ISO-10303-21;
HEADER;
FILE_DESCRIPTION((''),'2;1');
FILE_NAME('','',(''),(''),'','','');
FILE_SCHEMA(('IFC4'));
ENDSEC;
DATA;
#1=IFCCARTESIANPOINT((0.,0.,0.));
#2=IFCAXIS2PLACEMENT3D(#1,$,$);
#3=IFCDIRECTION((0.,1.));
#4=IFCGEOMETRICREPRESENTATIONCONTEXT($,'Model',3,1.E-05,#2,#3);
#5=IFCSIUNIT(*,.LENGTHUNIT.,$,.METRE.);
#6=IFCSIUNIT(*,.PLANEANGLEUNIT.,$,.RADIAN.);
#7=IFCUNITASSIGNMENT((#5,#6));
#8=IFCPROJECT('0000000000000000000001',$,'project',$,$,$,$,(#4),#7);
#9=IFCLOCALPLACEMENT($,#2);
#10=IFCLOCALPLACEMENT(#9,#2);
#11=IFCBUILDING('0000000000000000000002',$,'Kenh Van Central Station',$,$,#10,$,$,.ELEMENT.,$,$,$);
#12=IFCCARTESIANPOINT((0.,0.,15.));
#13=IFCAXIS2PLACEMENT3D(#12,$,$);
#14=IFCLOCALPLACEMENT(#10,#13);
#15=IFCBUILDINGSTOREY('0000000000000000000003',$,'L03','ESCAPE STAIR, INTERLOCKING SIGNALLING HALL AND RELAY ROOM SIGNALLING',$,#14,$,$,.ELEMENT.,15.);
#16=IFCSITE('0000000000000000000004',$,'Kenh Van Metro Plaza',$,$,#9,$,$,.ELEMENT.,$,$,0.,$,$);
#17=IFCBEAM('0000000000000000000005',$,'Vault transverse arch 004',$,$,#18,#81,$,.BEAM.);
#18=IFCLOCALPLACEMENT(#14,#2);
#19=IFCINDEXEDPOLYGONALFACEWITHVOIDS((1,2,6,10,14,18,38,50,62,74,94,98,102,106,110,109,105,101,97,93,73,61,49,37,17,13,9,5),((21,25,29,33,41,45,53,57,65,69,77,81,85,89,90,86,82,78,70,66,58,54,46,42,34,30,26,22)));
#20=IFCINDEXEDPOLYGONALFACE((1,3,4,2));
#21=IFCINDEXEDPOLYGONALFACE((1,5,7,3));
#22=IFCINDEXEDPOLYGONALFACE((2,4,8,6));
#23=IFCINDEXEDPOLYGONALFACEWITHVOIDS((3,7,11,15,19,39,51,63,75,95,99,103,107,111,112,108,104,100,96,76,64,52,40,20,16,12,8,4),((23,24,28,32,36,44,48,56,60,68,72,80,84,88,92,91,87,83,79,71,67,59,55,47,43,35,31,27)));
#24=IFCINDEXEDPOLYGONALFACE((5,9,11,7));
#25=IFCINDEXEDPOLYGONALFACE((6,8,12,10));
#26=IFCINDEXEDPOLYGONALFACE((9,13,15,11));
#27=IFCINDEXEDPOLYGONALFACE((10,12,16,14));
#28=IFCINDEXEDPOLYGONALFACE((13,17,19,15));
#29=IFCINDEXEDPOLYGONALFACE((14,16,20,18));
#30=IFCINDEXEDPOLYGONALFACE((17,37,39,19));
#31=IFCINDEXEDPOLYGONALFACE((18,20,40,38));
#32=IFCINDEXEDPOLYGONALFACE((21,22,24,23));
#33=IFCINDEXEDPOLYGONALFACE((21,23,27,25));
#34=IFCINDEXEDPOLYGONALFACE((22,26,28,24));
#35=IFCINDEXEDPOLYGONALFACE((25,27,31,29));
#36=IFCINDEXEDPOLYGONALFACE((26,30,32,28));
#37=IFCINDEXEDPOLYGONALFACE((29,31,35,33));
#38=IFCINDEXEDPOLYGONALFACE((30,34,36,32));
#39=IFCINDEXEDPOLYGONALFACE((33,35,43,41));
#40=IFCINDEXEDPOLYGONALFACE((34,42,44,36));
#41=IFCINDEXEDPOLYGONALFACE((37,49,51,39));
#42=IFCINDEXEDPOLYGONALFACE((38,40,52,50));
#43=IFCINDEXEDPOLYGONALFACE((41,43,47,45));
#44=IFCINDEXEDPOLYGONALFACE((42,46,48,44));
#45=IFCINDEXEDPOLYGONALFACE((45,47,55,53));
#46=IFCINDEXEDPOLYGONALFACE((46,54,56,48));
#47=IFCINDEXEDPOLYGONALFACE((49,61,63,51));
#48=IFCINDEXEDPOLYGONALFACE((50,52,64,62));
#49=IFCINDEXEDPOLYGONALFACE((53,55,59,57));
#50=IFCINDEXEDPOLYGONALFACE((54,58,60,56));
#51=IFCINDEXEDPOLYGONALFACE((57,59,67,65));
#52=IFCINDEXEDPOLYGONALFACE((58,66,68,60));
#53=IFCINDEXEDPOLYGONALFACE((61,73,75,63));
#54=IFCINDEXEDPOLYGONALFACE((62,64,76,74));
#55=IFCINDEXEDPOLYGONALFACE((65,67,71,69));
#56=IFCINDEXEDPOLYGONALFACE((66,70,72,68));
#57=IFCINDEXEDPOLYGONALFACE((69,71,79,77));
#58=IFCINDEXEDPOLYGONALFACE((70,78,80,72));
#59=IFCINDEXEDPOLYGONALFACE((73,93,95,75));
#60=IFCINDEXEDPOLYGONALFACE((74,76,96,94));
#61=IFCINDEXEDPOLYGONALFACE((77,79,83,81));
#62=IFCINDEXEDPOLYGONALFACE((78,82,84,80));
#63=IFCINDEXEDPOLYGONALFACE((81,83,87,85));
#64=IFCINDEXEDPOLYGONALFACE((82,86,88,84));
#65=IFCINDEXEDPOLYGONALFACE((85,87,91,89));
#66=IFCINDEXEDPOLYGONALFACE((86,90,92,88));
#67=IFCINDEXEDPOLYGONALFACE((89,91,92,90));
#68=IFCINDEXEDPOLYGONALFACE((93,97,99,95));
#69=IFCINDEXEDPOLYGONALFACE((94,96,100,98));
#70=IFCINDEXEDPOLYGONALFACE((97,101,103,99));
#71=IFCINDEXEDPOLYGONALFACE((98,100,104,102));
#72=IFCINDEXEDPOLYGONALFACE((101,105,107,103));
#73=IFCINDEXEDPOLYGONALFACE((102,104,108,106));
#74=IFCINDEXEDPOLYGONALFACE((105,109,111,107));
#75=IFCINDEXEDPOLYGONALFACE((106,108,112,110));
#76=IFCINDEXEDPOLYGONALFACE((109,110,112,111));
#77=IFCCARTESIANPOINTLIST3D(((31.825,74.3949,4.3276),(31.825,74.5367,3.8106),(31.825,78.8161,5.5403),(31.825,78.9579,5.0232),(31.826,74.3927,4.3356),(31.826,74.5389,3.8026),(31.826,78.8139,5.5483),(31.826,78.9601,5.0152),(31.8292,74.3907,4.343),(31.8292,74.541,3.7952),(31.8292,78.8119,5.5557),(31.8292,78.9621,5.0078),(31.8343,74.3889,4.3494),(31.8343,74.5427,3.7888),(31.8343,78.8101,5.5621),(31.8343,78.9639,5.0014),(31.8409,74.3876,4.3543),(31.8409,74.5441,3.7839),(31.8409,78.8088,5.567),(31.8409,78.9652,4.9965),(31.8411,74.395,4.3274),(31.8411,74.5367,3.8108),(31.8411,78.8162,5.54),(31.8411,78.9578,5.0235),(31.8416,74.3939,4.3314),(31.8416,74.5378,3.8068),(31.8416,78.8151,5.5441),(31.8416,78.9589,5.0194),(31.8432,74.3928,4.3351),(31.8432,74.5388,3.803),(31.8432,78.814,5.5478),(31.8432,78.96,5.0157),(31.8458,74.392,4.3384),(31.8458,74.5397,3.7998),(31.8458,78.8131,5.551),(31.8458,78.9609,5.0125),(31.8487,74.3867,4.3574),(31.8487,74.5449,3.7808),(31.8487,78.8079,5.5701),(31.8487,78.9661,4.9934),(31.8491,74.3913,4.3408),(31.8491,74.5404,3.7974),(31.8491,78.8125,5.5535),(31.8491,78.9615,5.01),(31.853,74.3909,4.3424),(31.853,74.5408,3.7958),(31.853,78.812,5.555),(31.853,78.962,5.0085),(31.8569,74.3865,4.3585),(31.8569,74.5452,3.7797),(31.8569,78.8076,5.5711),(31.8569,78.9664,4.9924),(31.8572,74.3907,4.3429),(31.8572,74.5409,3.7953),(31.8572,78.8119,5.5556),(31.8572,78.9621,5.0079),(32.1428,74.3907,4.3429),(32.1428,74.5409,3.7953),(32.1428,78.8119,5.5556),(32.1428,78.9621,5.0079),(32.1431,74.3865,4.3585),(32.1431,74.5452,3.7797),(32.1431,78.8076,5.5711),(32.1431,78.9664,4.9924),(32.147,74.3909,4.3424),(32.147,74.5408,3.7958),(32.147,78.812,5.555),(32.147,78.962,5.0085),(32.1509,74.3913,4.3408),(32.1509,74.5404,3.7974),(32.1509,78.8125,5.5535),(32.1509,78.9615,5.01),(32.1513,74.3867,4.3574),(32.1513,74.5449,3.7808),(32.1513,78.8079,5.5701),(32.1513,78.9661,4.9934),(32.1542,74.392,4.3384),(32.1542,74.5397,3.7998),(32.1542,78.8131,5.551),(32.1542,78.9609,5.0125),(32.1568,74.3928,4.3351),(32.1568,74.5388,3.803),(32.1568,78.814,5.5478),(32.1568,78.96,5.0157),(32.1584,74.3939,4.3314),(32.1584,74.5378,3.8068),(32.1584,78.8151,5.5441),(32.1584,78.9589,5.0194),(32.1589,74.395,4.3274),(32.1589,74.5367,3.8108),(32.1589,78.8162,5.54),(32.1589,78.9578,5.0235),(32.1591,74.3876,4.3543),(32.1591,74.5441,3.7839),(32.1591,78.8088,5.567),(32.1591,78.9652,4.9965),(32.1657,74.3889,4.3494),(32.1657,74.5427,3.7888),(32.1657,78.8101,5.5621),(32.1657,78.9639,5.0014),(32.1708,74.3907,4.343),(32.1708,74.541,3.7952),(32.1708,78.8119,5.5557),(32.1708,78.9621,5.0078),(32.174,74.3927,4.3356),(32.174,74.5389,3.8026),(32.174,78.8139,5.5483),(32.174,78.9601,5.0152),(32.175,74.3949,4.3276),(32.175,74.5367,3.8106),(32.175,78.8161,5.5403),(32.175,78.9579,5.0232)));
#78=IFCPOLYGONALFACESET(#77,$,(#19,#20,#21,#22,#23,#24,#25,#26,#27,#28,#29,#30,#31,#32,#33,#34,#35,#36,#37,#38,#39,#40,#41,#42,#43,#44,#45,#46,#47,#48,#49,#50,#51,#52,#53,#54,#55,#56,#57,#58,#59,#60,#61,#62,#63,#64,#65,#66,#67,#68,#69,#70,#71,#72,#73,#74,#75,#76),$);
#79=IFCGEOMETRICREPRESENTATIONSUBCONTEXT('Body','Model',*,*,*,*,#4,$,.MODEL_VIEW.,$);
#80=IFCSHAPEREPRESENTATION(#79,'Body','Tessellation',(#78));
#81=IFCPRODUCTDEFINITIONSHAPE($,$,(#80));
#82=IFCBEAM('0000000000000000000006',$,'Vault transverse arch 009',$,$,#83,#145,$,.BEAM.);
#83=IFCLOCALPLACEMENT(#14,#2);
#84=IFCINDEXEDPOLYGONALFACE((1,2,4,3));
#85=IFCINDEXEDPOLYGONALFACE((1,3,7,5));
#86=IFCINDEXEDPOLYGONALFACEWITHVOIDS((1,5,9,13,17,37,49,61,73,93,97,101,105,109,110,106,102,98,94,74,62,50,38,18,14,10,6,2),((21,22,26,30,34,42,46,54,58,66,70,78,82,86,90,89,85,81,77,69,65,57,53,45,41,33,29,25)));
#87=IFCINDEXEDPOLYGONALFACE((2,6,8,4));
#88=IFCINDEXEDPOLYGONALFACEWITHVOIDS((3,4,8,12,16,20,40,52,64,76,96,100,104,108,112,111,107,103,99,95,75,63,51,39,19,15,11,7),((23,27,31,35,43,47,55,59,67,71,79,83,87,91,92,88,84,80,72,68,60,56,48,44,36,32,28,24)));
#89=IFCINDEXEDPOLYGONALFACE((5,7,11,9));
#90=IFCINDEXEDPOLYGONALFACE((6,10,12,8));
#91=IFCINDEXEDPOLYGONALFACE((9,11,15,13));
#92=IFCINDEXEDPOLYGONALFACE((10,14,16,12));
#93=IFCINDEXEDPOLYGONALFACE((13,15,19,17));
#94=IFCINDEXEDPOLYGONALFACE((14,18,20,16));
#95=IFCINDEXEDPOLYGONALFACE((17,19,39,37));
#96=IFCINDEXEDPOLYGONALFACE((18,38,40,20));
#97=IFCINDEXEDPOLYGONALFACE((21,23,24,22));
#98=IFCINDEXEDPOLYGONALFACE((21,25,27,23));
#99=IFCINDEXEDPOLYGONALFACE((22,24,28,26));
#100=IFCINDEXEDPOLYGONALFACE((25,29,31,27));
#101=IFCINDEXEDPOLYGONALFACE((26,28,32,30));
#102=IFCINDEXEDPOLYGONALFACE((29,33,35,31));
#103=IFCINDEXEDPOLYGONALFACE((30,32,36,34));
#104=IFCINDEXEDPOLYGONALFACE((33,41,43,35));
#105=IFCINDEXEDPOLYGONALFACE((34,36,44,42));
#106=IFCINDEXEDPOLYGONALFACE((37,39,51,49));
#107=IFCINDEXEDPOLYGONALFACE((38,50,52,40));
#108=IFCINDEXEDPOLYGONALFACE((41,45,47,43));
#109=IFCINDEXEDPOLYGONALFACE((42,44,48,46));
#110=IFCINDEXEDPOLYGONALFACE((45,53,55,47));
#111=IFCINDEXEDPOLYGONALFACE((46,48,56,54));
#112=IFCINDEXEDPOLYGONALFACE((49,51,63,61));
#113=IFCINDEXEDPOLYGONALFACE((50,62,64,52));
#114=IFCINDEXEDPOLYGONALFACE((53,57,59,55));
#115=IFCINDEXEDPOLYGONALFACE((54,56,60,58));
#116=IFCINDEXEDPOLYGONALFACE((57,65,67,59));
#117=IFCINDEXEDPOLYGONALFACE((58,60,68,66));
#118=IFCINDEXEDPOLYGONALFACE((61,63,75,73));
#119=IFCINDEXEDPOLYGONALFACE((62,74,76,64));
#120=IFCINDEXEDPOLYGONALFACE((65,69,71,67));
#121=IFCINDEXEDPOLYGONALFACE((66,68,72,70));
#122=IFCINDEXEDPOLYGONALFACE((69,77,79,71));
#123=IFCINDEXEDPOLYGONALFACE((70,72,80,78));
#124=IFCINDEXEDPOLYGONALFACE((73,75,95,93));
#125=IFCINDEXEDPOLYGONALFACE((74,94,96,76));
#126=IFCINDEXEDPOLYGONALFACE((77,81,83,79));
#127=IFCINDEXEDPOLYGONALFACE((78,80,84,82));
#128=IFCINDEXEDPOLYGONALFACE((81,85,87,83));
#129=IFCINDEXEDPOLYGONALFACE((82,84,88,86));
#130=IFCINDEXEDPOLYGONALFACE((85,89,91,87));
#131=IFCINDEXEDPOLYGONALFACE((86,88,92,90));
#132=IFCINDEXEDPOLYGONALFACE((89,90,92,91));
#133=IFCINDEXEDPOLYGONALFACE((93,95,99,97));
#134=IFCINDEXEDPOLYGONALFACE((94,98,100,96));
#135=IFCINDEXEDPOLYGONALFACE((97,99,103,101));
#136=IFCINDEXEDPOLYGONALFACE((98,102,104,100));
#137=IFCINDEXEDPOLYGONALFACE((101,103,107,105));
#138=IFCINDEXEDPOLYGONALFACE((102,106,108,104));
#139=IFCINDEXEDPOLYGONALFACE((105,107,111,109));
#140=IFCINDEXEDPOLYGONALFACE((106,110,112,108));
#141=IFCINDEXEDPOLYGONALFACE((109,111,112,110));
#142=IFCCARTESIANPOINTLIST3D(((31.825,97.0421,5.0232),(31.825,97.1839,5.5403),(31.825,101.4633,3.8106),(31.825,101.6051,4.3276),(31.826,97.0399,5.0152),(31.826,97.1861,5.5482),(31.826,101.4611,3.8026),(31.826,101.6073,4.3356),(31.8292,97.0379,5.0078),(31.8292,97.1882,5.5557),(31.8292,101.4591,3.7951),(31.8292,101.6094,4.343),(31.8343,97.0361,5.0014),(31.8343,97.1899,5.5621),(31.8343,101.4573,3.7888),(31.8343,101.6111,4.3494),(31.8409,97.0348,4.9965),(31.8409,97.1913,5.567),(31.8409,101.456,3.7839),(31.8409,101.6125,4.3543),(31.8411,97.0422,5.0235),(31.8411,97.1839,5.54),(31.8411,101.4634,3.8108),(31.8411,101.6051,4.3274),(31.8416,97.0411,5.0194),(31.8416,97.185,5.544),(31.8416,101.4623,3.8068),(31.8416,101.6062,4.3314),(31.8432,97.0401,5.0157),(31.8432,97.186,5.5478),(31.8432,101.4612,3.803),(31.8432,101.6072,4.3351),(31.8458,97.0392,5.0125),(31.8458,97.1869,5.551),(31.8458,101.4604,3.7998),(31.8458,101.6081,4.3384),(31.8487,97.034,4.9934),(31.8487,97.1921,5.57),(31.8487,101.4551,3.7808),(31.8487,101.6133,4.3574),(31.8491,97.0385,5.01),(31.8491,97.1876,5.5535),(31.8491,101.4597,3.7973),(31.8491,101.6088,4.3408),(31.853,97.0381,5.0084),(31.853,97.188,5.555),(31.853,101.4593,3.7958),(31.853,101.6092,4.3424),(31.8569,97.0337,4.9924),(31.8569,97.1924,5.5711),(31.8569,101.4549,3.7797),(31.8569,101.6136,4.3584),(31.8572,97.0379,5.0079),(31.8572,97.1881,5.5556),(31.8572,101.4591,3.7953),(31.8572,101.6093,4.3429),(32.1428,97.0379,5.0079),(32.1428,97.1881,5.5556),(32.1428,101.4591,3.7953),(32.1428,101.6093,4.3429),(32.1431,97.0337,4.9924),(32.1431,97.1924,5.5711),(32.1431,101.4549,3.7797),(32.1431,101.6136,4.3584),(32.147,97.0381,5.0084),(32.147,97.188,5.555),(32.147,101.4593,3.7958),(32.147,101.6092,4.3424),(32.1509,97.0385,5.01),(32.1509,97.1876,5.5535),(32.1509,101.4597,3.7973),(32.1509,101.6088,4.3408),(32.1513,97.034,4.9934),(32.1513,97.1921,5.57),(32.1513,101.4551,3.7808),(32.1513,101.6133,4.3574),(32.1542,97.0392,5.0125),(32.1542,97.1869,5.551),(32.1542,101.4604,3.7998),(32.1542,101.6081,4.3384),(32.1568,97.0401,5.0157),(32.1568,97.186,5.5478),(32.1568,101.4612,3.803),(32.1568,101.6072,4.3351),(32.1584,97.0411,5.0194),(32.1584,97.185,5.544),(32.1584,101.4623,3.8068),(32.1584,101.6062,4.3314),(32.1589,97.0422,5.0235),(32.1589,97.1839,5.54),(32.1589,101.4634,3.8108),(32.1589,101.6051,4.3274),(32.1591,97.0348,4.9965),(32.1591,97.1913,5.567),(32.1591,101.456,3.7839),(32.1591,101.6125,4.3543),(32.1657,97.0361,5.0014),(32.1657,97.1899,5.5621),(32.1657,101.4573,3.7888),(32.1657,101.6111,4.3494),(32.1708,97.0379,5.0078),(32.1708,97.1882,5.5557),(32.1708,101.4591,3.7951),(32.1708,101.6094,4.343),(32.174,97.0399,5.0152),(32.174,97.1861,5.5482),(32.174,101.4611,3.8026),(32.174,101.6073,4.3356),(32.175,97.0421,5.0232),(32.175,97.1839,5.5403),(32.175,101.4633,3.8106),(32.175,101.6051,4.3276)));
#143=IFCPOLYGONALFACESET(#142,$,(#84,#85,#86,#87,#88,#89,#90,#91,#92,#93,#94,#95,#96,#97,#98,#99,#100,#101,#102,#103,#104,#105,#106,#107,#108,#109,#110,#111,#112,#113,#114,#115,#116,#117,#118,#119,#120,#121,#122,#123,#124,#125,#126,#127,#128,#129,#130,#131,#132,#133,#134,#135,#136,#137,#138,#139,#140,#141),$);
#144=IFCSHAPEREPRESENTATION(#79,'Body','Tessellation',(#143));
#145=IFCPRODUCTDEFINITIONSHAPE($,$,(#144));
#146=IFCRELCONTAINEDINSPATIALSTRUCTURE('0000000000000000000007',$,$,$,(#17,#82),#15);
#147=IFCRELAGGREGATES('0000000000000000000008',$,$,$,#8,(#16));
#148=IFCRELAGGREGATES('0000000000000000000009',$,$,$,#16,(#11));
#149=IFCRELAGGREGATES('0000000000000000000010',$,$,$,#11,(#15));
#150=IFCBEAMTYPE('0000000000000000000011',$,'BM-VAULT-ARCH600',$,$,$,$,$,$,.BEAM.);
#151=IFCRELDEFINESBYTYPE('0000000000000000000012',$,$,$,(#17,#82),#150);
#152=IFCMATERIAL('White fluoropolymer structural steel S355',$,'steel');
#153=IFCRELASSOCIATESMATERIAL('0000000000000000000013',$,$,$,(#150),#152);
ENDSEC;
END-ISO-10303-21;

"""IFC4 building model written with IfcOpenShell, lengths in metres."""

from ifc_helpers import new_model, si_unit, direction, frame, origin, origin_2d, place, context, subcontext, project, spatial, hollow_rectangle, extrude, material, material_profile, profile_set, type_object, element, save


model = new_model("IFC4")

# Units and contexts
model_context = context("Model", 3, precision=1e-05, world=origin(), true_north=direction((0.0, 1.0)))
body_context = subcontext(model_context, "Body", "Model", "MODEL_VIEW")
ifc_project = project(units=[si_unit("LENGTHUNIT", "METRE"), si_unit("PLANEANGLEUNIT", "RADIAN")], contexts=[model_context])

# Site, building, storey
site_placement = place(None, origin())
site = spatial("IfcSite", under=ifc_project, at=site_placement, Name="Kenh Van Metro Plaza", CompositionType="ELEMENT", RefElevation=0.0)
building_placement = place(site_placement, origin())
building = spatial("IfcBuilding", under=site, at=building_placement, Name="Kenh Van Central Station", CompositionType="ELEMENT")
storey_placement = place(building_placement, frame((0.0, 0.0, 15.0)))
storey = spatial("IfcBuildingStorey", under=building, at=storey_placement, Name="L03", Description="ESCAPE STAIR, INTERLOCKING SIGNALLING HALL AND RELAY ROOM SIGNALLING", CompositionType="ELEMENT", Elevation=15.0)

# Beams
ifc_material_1 = material(Name="White fluoropolymer structural steel S355", Category="steel")
ifc_material_profile_1 = material_profile(ifc_material_1, hollow_rectangle(XDim=0.3501, YDim=0.6001, WallThickness=0.0161, InnerFilletRadius=0.0161, OuterFilletRadius=0.032, at=origin_2d()), Name="RHS 600x350x16")
ifc_profile_set_1 = profile_set([ifc_material_profile_1], Name="White fluoropolymer structural steel S355")
beam_type_1 = type_object("IfcBeamType", Name="BM-VAULT-ARCH600", PredefinedType="BEAM", material=ifc_profile_set_1)
for number, where, z_axis, x_axis, name in (
    (1, (32.0, 74.4658, 4.0691), (0.0, 0.964382, 0.264514), (-1.0, 0.0, 0.0), "Vault transverse arch 004"),
    (2, (32.0, 97.113, 5.2817), (0.0, 0.964382, -0.264514), (-1.0, 0.0, 0.0), "Vault transverse arch 009"),
):
    element("IfcBeam", number, at=place(storey_placement, frame(where, z_axis=z_axis, x_axis=x_axis)), inside=storey, type_object=beam_type_1, Name=name, PredefinedType="BEAM", context=body_context, shape_type="SweptSolid", body=[
        extrude(hollow_rectangle(XDim=0.3501, YDim=0.6001, WallThickness=0.0161, InnerFilletRadius=0.0161, OuterFilletRadius=0.032, at=origin_2d()), origin(), (0.0, 0.0, 1.0), 4.5845),
    ])

save(model, "model.ifc")
